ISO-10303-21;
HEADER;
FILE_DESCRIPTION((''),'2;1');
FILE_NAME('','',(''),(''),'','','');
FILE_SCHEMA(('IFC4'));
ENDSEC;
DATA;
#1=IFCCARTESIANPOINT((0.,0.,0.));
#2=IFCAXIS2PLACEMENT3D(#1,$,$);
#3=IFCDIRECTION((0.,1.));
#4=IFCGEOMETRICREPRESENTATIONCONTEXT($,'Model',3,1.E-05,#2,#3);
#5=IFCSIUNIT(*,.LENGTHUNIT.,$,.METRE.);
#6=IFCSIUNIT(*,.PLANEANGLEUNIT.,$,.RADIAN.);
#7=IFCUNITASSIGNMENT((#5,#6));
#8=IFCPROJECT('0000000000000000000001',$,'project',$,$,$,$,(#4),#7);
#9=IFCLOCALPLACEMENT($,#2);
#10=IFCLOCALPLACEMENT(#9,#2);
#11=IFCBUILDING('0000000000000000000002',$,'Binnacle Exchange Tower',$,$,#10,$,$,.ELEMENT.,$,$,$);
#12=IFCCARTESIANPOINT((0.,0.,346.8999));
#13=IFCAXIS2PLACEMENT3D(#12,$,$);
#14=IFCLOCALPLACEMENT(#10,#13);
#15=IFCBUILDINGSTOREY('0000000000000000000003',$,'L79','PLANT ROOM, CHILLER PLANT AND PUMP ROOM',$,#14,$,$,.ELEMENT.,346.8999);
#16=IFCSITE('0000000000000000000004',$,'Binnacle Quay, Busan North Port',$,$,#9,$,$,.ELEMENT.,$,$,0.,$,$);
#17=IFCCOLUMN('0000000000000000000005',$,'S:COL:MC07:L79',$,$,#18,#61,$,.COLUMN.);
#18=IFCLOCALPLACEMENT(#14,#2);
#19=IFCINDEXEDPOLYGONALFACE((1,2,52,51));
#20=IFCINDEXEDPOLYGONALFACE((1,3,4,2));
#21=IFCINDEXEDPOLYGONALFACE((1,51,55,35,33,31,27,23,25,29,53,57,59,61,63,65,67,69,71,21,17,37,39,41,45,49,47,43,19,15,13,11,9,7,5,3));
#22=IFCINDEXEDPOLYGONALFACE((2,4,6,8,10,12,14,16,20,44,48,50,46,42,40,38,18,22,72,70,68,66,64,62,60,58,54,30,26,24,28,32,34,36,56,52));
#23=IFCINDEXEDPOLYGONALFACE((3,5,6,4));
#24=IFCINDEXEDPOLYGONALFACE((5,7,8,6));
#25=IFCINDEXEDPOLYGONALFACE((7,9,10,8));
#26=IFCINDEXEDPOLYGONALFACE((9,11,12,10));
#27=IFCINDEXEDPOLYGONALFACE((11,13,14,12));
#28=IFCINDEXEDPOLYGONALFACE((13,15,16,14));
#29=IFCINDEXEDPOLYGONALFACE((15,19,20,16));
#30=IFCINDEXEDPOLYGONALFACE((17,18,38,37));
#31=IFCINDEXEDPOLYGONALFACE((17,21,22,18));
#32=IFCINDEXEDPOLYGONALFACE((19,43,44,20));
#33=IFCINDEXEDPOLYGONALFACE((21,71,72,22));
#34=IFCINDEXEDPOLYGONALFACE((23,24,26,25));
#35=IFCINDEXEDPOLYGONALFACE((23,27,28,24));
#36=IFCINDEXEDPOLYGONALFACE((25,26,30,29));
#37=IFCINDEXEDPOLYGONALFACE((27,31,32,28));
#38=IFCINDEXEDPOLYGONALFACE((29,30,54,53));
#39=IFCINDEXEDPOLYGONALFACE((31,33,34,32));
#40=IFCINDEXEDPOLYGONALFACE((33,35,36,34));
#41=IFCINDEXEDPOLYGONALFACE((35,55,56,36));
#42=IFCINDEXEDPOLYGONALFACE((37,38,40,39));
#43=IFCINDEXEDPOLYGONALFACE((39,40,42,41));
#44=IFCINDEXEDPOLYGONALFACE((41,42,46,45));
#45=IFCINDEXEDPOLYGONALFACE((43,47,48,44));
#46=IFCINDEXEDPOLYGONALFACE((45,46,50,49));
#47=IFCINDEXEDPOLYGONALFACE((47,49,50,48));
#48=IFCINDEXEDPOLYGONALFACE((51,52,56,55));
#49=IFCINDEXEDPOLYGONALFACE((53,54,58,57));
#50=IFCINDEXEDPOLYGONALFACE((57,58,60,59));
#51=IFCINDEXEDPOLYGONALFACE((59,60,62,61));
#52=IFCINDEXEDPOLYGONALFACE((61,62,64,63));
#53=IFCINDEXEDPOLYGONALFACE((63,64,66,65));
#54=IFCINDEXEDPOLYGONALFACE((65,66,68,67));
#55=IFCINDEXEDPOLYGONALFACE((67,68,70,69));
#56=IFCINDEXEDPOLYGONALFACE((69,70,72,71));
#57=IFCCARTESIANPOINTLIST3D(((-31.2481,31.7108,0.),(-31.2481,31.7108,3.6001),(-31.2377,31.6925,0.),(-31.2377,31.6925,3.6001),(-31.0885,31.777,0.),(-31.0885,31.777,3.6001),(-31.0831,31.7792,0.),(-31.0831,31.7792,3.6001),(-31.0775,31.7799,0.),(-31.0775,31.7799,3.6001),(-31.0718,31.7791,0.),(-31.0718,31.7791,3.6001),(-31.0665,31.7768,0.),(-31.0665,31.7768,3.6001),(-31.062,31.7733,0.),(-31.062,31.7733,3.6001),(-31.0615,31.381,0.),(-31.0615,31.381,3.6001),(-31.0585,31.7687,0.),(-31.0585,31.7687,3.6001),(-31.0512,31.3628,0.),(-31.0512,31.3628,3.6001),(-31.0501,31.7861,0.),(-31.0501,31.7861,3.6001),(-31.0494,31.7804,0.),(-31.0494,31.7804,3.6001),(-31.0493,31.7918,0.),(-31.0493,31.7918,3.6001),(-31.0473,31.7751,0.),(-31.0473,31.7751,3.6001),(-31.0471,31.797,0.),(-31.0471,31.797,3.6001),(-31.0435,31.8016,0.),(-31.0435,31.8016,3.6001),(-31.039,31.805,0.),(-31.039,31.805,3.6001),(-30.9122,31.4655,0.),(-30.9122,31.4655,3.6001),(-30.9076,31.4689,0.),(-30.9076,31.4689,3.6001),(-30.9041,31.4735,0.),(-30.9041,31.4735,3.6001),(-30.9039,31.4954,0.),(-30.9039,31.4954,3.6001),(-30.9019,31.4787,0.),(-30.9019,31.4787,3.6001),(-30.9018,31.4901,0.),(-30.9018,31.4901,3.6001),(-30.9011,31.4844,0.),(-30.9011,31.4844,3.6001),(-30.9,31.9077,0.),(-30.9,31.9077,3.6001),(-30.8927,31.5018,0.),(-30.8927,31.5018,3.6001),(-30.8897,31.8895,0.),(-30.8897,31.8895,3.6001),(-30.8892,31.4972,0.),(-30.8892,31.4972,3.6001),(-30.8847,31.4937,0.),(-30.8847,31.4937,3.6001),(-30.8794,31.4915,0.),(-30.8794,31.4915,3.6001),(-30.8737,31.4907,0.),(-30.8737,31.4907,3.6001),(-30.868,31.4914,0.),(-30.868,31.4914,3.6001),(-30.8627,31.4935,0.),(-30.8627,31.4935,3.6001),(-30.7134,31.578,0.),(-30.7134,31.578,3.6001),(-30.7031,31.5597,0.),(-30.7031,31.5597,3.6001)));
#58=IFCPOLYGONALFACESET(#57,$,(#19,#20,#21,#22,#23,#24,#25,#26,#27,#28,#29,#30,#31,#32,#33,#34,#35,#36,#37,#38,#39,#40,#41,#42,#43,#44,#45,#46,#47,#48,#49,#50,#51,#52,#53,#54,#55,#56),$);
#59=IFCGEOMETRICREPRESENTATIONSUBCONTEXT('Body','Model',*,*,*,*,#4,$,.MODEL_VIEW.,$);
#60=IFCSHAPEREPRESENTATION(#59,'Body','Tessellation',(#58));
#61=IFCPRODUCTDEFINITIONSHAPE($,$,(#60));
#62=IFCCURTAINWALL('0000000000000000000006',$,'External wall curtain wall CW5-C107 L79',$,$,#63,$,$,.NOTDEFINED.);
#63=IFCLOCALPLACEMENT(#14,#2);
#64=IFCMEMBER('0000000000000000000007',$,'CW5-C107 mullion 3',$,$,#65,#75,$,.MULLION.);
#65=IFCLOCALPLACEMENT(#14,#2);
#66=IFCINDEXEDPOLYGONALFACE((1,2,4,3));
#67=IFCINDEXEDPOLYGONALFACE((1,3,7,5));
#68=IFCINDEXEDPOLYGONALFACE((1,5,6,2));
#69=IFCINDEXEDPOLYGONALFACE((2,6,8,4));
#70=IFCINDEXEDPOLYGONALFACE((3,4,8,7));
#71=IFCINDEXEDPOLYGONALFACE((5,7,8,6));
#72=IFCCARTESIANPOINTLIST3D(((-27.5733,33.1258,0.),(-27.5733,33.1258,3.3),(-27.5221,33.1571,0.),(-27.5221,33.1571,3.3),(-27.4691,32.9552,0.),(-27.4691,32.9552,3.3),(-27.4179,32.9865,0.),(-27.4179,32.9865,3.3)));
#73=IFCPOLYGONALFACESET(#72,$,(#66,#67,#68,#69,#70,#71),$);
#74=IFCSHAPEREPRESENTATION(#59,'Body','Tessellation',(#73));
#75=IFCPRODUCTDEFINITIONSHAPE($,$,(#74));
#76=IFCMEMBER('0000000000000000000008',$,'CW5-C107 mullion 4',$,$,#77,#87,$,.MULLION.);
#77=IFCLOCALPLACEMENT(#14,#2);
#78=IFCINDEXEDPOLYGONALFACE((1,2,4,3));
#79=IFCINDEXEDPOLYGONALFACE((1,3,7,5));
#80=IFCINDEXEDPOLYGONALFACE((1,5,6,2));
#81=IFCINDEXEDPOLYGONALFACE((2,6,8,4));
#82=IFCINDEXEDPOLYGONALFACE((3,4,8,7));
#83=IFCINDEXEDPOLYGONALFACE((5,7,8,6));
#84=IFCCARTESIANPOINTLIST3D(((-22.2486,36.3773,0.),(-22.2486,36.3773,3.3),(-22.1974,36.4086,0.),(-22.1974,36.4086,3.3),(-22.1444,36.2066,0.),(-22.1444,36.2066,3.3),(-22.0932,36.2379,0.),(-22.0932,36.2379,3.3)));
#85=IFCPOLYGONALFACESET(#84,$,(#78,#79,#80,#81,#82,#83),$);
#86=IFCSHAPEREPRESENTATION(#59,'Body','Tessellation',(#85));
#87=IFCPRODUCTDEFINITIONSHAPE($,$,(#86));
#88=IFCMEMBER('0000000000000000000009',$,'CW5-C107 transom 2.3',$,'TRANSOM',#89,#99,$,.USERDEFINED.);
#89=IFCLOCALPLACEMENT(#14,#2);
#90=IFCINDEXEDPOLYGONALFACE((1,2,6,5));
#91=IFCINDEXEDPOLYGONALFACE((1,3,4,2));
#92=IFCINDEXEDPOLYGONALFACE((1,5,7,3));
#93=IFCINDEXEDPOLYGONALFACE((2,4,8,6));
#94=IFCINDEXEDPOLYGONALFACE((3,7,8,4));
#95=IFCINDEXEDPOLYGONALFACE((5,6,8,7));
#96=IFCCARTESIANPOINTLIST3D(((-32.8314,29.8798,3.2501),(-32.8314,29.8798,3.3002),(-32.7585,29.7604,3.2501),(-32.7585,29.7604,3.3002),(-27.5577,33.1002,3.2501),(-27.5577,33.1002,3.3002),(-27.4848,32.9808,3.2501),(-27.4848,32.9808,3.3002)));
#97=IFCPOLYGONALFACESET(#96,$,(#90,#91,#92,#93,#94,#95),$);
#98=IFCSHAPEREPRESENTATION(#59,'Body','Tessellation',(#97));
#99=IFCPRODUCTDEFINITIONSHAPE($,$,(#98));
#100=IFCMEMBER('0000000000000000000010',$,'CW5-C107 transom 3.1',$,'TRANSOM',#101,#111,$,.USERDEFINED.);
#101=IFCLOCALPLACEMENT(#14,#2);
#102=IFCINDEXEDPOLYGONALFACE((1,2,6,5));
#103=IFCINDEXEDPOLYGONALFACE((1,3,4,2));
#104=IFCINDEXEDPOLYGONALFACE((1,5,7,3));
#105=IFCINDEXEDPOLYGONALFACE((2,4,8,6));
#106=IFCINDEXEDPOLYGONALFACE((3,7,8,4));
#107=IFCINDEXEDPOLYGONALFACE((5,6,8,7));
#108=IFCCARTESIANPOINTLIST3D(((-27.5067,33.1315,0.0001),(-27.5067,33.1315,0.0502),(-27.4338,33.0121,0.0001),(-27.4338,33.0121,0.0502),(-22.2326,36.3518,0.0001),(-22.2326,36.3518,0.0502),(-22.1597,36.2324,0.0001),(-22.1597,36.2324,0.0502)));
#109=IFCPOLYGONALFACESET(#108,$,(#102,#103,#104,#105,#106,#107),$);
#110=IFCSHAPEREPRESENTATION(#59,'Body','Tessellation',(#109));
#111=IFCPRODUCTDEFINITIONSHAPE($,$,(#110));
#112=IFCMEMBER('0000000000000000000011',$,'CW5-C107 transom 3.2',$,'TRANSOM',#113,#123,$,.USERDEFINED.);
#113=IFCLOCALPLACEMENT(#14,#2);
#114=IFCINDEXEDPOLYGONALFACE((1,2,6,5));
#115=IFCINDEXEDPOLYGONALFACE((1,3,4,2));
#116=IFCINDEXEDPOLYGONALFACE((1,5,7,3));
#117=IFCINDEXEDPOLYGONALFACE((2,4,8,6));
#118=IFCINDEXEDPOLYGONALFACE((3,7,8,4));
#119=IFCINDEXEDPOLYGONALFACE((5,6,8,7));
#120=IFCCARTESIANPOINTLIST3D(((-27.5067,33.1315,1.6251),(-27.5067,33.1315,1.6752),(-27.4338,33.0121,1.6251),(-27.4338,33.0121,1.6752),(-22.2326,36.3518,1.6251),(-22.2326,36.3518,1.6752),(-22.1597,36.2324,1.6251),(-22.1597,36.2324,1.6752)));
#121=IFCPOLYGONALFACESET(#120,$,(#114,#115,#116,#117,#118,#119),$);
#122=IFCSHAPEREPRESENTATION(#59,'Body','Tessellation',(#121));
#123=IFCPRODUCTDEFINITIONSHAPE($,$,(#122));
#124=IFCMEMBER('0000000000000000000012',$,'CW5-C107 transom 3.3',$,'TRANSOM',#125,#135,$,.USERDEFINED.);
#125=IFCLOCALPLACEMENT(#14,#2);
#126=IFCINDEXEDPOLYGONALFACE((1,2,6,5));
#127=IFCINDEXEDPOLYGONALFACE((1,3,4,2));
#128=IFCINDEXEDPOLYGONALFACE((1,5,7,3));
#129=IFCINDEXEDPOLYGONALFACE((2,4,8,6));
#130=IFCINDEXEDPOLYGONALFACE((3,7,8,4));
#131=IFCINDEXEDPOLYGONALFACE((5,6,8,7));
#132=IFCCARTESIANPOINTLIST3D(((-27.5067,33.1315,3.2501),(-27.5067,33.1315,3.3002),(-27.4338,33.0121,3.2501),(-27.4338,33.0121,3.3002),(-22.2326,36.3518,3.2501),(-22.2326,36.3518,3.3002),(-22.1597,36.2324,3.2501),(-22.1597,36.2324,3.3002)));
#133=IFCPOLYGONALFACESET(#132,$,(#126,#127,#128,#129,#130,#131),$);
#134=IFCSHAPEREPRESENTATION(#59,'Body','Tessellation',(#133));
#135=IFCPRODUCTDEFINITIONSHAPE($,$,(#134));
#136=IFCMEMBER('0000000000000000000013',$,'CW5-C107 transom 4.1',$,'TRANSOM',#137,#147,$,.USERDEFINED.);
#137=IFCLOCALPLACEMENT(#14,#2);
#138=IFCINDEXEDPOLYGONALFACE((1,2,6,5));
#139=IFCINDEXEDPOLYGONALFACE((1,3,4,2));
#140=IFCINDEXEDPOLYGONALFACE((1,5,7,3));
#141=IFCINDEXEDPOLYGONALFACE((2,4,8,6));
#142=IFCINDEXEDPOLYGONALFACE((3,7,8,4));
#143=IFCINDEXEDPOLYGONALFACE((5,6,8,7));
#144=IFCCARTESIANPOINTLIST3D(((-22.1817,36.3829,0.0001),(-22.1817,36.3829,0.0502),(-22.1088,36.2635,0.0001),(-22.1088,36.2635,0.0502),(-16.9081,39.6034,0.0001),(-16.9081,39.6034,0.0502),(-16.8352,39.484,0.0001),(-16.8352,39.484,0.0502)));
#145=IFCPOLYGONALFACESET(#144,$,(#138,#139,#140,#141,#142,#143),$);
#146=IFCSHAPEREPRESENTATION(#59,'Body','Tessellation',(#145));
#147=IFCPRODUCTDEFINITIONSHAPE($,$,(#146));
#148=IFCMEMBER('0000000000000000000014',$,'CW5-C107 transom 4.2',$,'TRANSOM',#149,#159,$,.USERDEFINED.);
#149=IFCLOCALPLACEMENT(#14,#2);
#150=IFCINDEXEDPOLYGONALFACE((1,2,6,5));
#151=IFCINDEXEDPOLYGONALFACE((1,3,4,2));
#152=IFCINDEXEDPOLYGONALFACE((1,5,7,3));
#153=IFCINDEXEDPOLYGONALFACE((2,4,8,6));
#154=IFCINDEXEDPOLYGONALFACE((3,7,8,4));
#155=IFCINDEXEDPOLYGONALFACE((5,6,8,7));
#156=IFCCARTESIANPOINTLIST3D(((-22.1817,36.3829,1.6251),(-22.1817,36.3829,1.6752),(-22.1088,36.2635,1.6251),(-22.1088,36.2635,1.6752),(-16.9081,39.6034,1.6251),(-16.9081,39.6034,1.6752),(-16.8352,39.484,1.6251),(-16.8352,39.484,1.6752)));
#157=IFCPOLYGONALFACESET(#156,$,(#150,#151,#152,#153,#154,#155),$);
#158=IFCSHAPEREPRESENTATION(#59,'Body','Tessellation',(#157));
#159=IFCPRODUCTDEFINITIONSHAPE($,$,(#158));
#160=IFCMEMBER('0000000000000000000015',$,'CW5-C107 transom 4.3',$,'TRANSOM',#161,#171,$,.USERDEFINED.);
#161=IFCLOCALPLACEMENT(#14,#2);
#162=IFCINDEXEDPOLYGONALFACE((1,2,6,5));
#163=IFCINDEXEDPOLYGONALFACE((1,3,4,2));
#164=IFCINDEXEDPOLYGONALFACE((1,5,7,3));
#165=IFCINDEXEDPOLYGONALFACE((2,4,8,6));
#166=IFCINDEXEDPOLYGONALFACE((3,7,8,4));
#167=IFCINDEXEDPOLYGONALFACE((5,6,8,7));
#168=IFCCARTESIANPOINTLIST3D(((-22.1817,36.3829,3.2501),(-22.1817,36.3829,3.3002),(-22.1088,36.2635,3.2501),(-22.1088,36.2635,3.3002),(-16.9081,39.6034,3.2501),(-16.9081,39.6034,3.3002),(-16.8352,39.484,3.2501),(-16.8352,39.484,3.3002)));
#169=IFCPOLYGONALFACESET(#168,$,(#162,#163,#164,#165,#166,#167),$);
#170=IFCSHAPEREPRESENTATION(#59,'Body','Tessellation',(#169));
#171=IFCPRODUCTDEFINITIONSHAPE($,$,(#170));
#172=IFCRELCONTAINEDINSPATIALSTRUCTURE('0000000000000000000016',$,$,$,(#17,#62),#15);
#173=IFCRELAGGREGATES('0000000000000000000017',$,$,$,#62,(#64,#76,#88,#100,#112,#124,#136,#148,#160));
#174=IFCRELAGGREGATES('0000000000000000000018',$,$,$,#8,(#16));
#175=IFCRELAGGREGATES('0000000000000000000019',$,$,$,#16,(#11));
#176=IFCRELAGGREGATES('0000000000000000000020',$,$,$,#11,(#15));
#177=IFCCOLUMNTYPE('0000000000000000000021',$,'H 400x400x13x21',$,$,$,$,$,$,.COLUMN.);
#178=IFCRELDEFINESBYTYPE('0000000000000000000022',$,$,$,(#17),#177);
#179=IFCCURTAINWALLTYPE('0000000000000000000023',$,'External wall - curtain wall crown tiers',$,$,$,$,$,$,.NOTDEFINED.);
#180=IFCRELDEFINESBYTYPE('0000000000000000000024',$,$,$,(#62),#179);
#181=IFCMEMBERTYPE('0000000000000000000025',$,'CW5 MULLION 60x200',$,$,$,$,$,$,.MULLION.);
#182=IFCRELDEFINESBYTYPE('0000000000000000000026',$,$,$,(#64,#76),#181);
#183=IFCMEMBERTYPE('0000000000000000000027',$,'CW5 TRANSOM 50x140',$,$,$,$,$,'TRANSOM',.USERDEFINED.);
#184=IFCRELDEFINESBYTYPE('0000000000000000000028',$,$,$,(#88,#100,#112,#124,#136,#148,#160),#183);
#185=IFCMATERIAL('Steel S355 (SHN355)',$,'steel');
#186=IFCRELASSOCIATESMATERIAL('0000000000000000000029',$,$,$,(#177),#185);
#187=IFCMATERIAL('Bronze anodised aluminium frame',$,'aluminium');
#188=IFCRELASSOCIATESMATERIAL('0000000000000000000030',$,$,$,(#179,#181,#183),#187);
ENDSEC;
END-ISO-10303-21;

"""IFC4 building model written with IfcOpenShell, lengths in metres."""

from ifc_helpers import new_model, si_unit, direction, frame, origin, origin_2d, place, context, subcontext, project, spatial, rectangle, i_section, extrude, material, material_profile, profile_set, type_object, element, aggregate, save


model = new_model("IFC4")

# Units and contexts
model_context = context("Model", 3, precision=1e-05, world=origin(), true_north=direction((0.0, 1.0)))
body_context = subcontext(model_context, "Body", "Model", "MODEL_VIEW")
ifc_project = project(units=[si_unit("LENGTHUNIT", "METRE"), si_unit("PLANEANGLEUNIT", "RADIAN")], contexts=[model_context])

# Site, building, storey
site_placement = place(None, origin())
site = spatial("IfcSite", under=ifc_project, at=site_placement, Name="Binnacle Quay, Busan North Port", CompositionType="ELEMENT", RefElevation=0.0)
building_placement = place(site_placement, origin())
building = spatial("IfcBuilding", under=site, at=building_placement, Name="Binnacle Exchange Tower", CompositionType="ELEMENT")
storey_placement = place(building_placement, frame((0.0, 0.0, 346.8999)))
storey = spatial("IfcBuildingStorey", under=building, at=storey_placement, Name="L79", Description="PLANT ROOM, CHILLER PLANT AND PUMP ROOM", CompositionType="ELEMENT", Elevation=346.8999)

# Column
ifc_material_1 = material(Name="Steel S355 (SHN355)", Category="steel")
ifc_material_profile_1 = material_profile(ifc_material_1, i_section(OverallWidth=0.3999, OverallDepth=0.3999, WebThickness=0.0129, FlangeThickness=0.021, FilletRadius=0.022, at=origin_2d()), Name="H 400x400x13x21")
ifc_profile_set_1 = profile_set([ifc_material_profile_1], Name="Steel S355 (SHN355)")
column_type = type_object("IfcColumnType", Name="H 400x400x13x21", PredefinedType="COLUMN", material=ifc_profile_set_1)
column_placement = place(storey_placement, frame((-30.9756, 31.6353, 0.0), z_axis=(0.0, 0.0, 1.0), x_axis=(0.870356, 0.492424, 0.0)))
element("IfcColumn", 1, at=column_placement, inside=storey, type_object=column_type, Name="S:COL:MC07:L79", PredefinedType="COLUMN", context=body_context, shape_type="SweptSolid", body=[
    extrude(i_section(OverallWidth=0.3999, OverallDepth=0.3999, WebThickness=0.0129, FlangeThickness=0.021, FilletRadius=0.022, at=origin_2d()), origin(), (0.0, 0.0, 1.0), 3.6001),
])

# Curtain wall, members
ifc_material_2 = material(Name="Bronze anodised aluminium frame", Category="aluminium")
curtain_wall_type = type_object("IfcCurtainWallType", Name="External wall - curtain wall crown tiers", PredefinedType="NOTDEFINED", material=ifc_material_2)
curtain_wall_placement = place(storey_placement, origin())
curtain_wall = element("IfcCurtainWall", 2, at=curtain_wall_placement, inside=storey, type_object=curtain_wall_type, Name="External wall curtain wall CW5-C107 L79", PredefinedType="NOTDEFINED")
ifc_material_profile_2 = material_profile(ifc_material_2, rectangle(XDim=0.2, YDim=0.0601, at=origin_2d()), Name="AL 60x200")
ifc_profile_set_2 = profile_set([ifc_material_profile_2], Name="Bronze anodised aluminium frame")
member_type_1 = type_object("IfcMemberType", Name="CW5 MULLION 60x200", PredefinedType="MULLION", material=ifc_profile_set_2)
member_1_placement = place(storey_placement, frame((-27.4956, 33.0562, 0.0), z_axis=(0.0, 0.0, 1.0), x_axis=(-0.521157, 0.853461, 0.0)))
member_1 = element("IfcMember", 3, at=member_1_placement, type_object=member_type_1, Name="CW5-C107 mullion 3", PredefinedType="MULLION", context=body_context, shape_type="SweptSolid", body=[
    extrude(rectangle(XDim=0.2, YDim=0.0601, at=origin_2d()), origin(), (0.0, 0.0, 1.0), 3.3),
])
member_2_placement = place(storey_placement, frame((-22.1709, 36.3076, 0.0), z_axis=(0.0, 0.0, 1.0), x_axis=(-0.521157, 0.853461, 0.0)))
member_2 = element("IfcMember", 4, at=member_2_placement, type_object=member_type_1, Name="CW5-C107 mullion 4", PredefinedType="MULLION", context=body_context, shape_type="SweptSolid", body=[
    extrude(rectangle(XDim=0.2, YDim=0.0601, at=origin_2d()), origin(), (0.0, 0.0, 1.0), 3.3),
])
ifc_material_profile_3 = material_profile(ifc_material_2, rectangle(XDim=0.1399, YDim=0.05, at=origin_2d()), Name="AL 140x50")
ifc_profile_set_3 = profile_set([ifc_material_profile_3], Name="Bronze anodised aluminium frame")
member_type_2 = type_object("IfcMemberType", Name="CW5 TRANSOM 50x140", ElementType="TRANSOM", PredefinedType="USERDEFINED", material=ifc_profile_set_3)
member_3_placement = place(storey_placement, frame((-32.7949, 29.8201, 3.2751), z_axis=(0.853451, 0.521174, 0.0), x_axis=(-0.521174, 0.853451, 0.0)))
member_3 = element("IfcMember", 5, at=member_3_placement, type_object=member_type_2, Name="CW5-C107 transom 2.3", ObjectType="TRANSOM", PredefinedType="USERDEFINED", context=body_context, shape_type="SweptSolid", body=[
    extrude(rectangle(XDim=0.1399, YDim=0.05, at=origin_2d()), origin(), (0.0, 0.0, 1.0), 6.1792),
])
member_4_placement = place(storey_placement, frame((-27.4702, 33.0718, 0.0251), z_axis=(0.853479, 0.521127, 0.0), x_axis=(-0.521127, 0.853479, 0.0)))
member_4 = element("IfcMember", 6, at=member_4_placement, type_object=member_type_2, Name="CW5-C107 transom 3.1", ObjectType="TRANSOM", PredefinedType="USERDEFINED", context=body_context, shape_type="SweptSolid", body=[
    extrude(rectangle(XDim=0.1399, YDim=0.05, at=origin_2d()), origin(), (0.0, 0.0, 1.0), 6.1794),
])
member_5_placement = place(storey_placement, frame((-27.4702, 33.0718, 1.6501), z_axis=(0.853479, 0.521127, 0.0), x_axis=(-0.521127, 0.853479, 0.0)))
member_5 = element("IfcMember", 7, at=member_5_placement, type_object=member_type_2, Name="CW5-C107 transom 3.2", ObjectType="TRANSOM", PredefinedType="USERDEFINED", context=body_context, shape_type="SweptSolid", body=[
    extrude(rectangle(XDim=0.1399, YDim=0.05, at=origin_2d()), origin(), (0.0, 0.0, 1.0), 6.1794),
])
member_6_placement = place(storey_placement, frame((-27.4702, 33.0718, 3.2751), z_axis=(0.853479, 0.521127, 0.0), x_axis=(-0.521127, 0.853479, 0.0)))
member_6 = element("IfcMember", 8, at=member_6_placement, type_object=member_type_2, Name="CW5-C107 transom 3.3", ObjectType="TRANSOM", PredefinedType="USERDEFINED", context=body_context, shape_type="SweptSolid", body=[
    extrude(rectangle(XDim=0.1399, YDim=0.05, at=origin_2d()), origin(), (0.0, 0.0, 1.0), 6.1794),
])
member_7_placement = place(storey_placement, frame((-22.1453, 36.3232, 0.0251), z_axis=(0.853451, 0.521174, 0.0), x_axis=(-0.521174, 0.853451, 0.0)))
member_7 = element("IfcMember", 9, at=member_7_placement, type_object=member_type_2, Name="CW5-C107 transom 4.1", ObjectType="TRANSOM", PredefinedType="USERDEFINED", context=body_context, shape_type="SweptSolid", body=[
    extrude(rectangle(XDim=0.1399, YDim=0.05, at=origin_2d()), origin(), (0.0, 0.0, 1.0), 6.1792),
])
member_8_placement = place(storey_placement, frame((-22.1453, 36.3232, 1.6501), z_axis=(0.853451, 0.521174, 0.0), x_axis=(-0.521174, 0.853451, 0.0)))
member_8 = element("IfcMember", 10, at=member_8_placement, type_object=member_type_2, Name="CW5-C107 transom 4.2", ObjectType="TRANSOM", PredefinedType="USERDEFINED", context=body_context, shape_type="SweptSolid", body=[
    extrude(rectangle(XDim=0.1399, YDim=0.05, at=origin_2d()), origin(), (0.0, 0.0, 1.0), 6.1792),
])
member_9_placement = place(storey_placement, frame((-22.1453, 36.3232, 3.2751), z_axis=(0.853451, 0.521174, 0.0), x_axis=(-0.521174, 0.853451, 0.0)))
member_9 = element("IfcMember", 11, at=member_9_placement, type_object=member_type_2, Name="CW5-C107 transom 4.3", ObjectType="TRANSOM", PredefinedType="USERDEFINED", context=body_context, shape_type="SweptSolid", body=[
    extrude(rectangle(XDim=0.1399, YDim=0.05, at=origin_2d()), origin(), (0.0, 0.0, 1.0), 6.1792),
])

aggregate(curtain_wall, [member_1, member_2, member_3, member_4, member_5, member_6, member_7, member_8, member_9])

save(model, "model.ifc")
